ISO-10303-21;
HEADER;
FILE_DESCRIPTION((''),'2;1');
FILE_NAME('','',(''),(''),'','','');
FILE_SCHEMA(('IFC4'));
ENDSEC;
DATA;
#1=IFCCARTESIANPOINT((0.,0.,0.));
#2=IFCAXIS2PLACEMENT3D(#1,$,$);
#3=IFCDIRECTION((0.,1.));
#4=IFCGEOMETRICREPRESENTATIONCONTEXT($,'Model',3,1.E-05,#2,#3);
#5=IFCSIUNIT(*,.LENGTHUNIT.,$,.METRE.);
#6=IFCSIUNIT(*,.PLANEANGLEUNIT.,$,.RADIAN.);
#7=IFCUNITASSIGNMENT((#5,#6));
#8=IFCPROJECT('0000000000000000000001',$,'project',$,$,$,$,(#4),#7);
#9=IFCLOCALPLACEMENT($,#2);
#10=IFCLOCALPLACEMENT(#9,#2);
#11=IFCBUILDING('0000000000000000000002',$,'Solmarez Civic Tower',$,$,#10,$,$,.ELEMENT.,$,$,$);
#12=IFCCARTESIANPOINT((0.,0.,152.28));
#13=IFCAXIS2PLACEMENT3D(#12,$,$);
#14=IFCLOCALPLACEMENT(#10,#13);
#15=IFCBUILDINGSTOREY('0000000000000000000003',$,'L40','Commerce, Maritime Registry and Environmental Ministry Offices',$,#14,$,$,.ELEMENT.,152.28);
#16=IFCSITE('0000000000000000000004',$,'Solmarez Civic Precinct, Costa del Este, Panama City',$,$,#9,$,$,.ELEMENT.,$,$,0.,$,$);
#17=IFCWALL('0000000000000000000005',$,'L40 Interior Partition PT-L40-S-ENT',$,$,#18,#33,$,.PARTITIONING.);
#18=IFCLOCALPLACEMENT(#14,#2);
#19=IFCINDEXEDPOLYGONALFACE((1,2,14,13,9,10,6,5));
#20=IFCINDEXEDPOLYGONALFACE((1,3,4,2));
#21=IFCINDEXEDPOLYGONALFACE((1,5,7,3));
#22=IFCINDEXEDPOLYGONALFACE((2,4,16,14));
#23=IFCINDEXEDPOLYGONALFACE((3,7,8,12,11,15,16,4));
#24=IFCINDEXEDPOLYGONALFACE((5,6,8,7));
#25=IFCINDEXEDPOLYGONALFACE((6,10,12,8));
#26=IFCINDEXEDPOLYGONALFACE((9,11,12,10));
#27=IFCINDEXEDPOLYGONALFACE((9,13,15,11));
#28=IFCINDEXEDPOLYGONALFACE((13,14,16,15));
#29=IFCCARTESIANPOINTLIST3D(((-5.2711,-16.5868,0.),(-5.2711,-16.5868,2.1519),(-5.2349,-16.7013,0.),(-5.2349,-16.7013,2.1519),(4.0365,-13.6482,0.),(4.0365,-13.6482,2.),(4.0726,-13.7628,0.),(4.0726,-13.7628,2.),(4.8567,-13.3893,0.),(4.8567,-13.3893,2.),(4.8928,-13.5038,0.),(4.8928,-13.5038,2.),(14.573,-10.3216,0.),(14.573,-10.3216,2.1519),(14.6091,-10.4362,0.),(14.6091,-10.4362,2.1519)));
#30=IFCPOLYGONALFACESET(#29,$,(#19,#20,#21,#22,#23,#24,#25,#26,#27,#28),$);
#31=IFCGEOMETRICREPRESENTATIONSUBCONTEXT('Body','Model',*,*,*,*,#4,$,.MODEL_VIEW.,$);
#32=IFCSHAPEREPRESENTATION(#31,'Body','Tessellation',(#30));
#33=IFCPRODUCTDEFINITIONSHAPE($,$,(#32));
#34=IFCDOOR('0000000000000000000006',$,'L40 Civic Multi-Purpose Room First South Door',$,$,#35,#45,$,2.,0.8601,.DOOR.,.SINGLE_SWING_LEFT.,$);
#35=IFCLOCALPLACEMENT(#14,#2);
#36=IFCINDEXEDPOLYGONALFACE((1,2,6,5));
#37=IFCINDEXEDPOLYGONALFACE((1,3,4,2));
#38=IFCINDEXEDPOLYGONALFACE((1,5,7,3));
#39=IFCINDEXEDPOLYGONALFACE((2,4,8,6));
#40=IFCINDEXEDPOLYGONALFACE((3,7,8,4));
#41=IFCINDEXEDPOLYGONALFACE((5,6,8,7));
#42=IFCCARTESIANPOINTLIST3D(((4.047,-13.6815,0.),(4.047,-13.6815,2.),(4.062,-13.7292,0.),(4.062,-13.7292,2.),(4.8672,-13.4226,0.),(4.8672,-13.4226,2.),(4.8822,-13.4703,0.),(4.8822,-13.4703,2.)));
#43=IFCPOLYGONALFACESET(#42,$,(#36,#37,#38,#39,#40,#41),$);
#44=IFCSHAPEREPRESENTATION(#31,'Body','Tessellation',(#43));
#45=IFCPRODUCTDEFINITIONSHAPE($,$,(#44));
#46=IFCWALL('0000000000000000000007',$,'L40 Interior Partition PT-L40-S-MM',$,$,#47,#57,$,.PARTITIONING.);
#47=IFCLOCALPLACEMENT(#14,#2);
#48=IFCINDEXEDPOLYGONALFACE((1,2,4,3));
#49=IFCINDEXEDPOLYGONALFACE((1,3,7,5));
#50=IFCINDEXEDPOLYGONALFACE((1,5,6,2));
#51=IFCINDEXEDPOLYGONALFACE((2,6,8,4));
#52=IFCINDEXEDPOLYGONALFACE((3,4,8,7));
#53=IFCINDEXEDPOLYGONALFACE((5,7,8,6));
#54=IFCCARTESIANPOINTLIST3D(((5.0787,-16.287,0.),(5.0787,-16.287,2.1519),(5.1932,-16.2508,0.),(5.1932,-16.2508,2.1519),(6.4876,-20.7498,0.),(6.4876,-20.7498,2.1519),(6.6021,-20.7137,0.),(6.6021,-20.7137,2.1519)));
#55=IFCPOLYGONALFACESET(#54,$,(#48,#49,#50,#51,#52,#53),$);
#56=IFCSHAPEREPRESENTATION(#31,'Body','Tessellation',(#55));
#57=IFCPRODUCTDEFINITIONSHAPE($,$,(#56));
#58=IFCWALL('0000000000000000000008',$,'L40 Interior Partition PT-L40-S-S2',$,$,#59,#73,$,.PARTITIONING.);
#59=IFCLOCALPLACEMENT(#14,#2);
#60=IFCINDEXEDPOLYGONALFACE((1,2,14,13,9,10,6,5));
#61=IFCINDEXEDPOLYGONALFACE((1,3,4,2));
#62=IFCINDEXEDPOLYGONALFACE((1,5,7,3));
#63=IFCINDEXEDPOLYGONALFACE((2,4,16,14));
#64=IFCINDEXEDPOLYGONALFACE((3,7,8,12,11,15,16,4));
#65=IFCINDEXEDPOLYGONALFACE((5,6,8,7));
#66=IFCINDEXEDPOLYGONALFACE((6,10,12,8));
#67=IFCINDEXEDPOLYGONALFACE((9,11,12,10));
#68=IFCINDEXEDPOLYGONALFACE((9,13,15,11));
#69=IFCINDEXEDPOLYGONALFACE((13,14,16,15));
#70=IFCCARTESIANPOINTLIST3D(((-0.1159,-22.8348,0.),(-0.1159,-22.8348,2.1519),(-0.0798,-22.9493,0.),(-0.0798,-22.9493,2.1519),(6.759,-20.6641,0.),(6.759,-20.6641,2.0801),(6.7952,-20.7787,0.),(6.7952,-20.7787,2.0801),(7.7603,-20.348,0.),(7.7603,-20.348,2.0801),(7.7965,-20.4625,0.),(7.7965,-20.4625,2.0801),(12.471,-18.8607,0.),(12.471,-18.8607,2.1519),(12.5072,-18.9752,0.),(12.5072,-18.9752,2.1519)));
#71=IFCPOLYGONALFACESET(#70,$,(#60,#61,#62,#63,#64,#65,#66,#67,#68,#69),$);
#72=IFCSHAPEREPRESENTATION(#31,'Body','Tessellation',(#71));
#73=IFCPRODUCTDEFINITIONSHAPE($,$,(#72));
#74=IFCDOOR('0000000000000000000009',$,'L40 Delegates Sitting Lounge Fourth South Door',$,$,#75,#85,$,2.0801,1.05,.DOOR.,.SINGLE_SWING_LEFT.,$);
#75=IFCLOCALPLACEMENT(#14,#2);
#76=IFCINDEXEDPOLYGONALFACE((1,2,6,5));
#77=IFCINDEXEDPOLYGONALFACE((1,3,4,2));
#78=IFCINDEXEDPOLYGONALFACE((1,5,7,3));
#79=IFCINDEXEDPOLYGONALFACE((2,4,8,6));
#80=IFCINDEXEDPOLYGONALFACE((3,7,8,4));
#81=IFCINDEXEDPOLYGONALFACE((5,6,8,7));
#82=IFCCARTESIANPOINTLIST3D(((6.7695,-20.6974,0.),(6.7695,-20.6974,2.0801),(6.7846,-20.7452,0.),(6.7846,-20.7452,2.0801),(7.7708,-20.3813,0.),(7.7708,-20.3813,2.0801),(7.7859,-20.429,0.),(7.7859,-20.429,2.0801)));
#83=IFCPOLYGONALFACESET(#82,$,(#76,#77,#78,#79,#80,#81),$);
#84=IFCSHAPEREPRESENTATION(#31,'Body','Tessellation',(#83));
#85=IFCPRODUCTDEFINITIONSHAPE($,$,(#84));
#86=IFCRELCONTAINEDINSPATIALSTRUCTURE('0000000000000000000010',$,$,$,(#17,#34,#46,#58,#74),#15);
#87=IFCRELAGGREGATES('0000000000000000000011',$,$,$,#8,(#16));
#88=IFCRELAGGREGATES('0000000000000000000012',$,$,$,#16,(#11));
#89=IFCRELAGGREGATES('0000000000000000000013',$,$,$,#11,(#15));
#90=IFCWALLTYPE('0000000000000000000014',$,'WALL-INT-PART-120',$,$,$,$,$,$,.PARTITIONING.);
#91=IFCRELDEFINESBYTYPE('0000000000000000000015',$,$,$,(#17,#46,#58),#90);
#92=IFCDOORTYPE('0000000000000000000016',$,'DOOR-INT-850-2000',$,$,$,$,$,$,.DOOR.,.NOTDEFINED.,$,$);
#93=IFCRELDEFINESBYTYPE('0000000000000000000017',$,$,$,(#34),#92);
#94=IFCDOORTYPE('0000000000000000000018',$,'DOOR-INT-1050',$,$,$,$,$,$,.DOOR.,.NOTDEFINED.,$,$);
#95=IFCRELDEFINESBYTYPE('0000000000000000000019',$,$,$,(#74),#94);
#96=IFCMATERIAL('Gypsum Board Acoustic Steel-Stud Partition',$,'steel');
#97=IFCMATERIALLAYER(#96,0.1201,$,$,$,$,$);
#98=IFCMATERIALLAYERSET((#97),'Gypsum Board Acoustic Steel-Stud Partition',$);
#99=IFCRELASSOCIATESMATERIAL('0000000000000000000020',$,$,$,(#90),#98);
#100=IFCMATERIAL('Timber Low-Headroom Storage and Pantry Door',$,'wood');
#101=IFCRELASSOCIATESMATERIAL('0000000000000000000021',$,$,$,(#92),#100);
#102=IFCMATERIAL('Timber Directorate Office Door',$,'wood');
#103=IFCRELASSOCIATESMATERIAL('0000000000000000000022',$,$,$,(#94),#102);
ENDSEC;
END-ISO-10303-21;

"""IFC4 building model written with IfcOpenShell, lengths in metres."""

from ifc_helpers import new_model, si_unit, direction, frame, frame_2d, origin, place, context, subcontext, project, spatial, rectangle, extrude, material, layer, layer_set, type_object, element, fill, save


model = new_model("IFC4")

# Units and contexts
model_context = context("Model", 3, precision=1e-05, world=origin(), true_north=direction((0.0, 1.0)))
body_context = subcontext(model_context, "Body", "Model", "MODEL_VIEW")
ifc_project = project(units=[si_unit("LENGTHUNIT", "METRE"), si_unit("PLANEANGLEUNIT", "RADIAN")], contexts=[model_context])

# Site, building, storey
site_placement = place(None, origin())
site = spatial("IfcSite", under=ifc_project, at=site_placement, Name="Solmarez Civic Precinct, Costa del Este, Panama City", CompositionType="ELEMENT", RefElevation=0.0)
building_placement = place(site_placement, origin())
building = spatial("IfcBuilding", under=site, at=building_placement, Name="Solmarez Civic Tower", CompositionType="ELEMENT")
storey_placement = place(building_placement, frame((0.0, 0.0, 152.28)))
storey = spatial("IfcBuildingStorey", under=building, at=storey_placement, Name="L40", Description="Commerce, Maritime Registry and Environmental Ministry Offices", CompositionType="ELEMENT", Elevation=152.28)

# Shared definitions
ifc_material_1 = material(Name="Gypsum Board Acoustic Steel-Stud Partition", Category="steel")

# Wall, opening, door
ifc_layer_1 = layer(ifc_material_1, 0.1201)
ifc_layer_set_1 = layer_set([ifc_layer_1], Name="Gypsum Board Acoustic Steel-Stud Partition")
wall_type_1 = type_object("IfcWallType", Name="WALL-INT-PART-120", PredefinedType="PARTITIONING", material=ifc_layer_set_1)
wall_1_placement = place(storey_placement, frame((14.5911, -10.3789, 0.0), z_axis=(0.0, 0.0, 1.0), x_axis=(-0.953602, -0.301071, 0.0)))
wall_1 = element("IfcWall", 1, at=wall_1_placement, inside=storey, type_object=wall_type_1, Name="L40 Interior Partition PT-L40-S-ENT", PredefinedType="PARTITIONING", context=body_context, shape_type="SweptSolid", body=[
    extrude(rectangle(XDim=20.8096, YDim=0.1201, at=frame_2d((10.4048, 0.0))), origin(), (0.0, 0.0, 1.0), 2.1519),
])
opening_1_placement = place(wall_1_placement, frame((10.189, 0.0, 0.0)))
opening_1 = element("IfcOpeningElement", 2, at=opening_1_placement, cuts=wall_1, PredefinedType="OPENING", context=body_context, shape_type="SweptSolid", body=[
    extrude(rectangle(XDim=0.8601, YDim=2.0, at=frame_2d((0.4302, 1.0))), frame((0.0, 0.0701, 0.0), z_axis=(0.0, -1.0, 0.0), x_axis=(1.0, 0.0, 0.0)), (0.0, 0.0, 1.0), 0.1401),
])
ifc_material_2 = material(Name="Timber Low-Headroom Storage and Pantry Door", Category="wood")
door_type_1 = type_object("IfcDoorType", Name="DOOR-INT-850-2000", OperationType="NOTDEFINED", PredefinedType="DOOR", material=ifc_material_2)
door_1_placement = place(opening_1_placement, origin())
door_1 = element("IfcDoor", 3, at=door_1_placement, inside=storey, type_object=door_type_1, Name="L40 Civic Multi-Purpose Room First South Door", OperationType="SINGLE_SWING_LEFT", OverallHeight=2.0, OverallWidth=0.8601, PredefinedType="DOOR", context=body_context, shape_type="SweptSolid", body=[
    extrude(rectangle(XDim=0.8601, YDim=2.0, at=frame_2d((0.4302, 1.0))), frame((0.0, 0.0249, 0.0), z_axis=(0.0, -1.0, 0.0), x_axis=(1.0, 0.0, 0.0)), (0.0, 0.0, 1.0), 0.05),
])
fill(opening_1, door_1)

# Wall
wall_2_placement = place(storey_placement, frame((5.136, -16.269, 0.0), z_axis=(0.0, 0.0, 1.0), x_axis=(0.301054, -0.953607, 0.0)))
element("IfcWall", 4, at=wall_2_placement, inside=storey, type_object=wall_type_1, Name="L40 Interior Partition PT-L40-S-MM", PredefinedType="PARTITIONING", context=body_context, shape_type="SweptSolid", body=[
    extrude(rectangle(XDim=4.6799, YDim=0.1201, at=frame_2d((2.3398, 0.0))), origin(), (0.0, 0.0, 1.0), 2.1519),
])

# Wall, opening, door
wall_3_placement = place(storey_placement, frame((12.489, -18.918, 0.0), z_axis=(0.0, 0.0, 1.0), x_axis=(-0.953598, -0.301084, 0.0)))
wall_3 = element("IfcWall", 5, at=wall_3_placement, inside=storey, type_object=wall_type_1, Name="L40 Interior Partition PT-L40-S-S2", PredefinedType="PARTITIONING", context=body_context, shape_type="SweptSolid", body=[
    extrude(rectangle(XDim=13.1995, YDim=0.1201, at=frame_2d((6.5996, 0.0))), origin(), (0.0, 0.0, 1.0), 2.1519),
])
opening_2_placement = place(wall_3_placement, frame((4.9399, 0.0, 0.0)))
opening_2 = element("IfcOpeningElement", 6, at=opening_2_placement, cuts=wall_3, PredefinedType="OPENING", context=body_context, shape_type="SweptSolid", body=[
    extrude(rectangle(XDim=1.05, YDim=2.0801, at=frame_2d((0.5249, 1.04))), frame((0.0, 0.0701, 0.0), z_axis=(0.0, -1.0, 0.0), x_axis=(1.0, 0.0, 0.0)), (0.0, 0.0, 1.0), 0.1401),
])
ifc_material_3 = material(Name="Timber Directorate Office Door", Category="wood")
door_type_2 = type_object("IfcDoorType", Name="DOOR-INT-1050", OperationType="NOTDEFINED", PredefinedType="DOOR", material=ifc_material_3)
door_2_placement = place(opening_2_placement, origin())
door_2 = element("IfcDoor", 7, at=door_2_placement, inside=storey, type_object=door_type_2, Name="L40 Delegates Sitting Lounge Fourth South Door", OperationType="SINGLE_SWING_LEFT", OverallHeight=2.0801, OverallWidth=1.05, PredefinedType="DOOR", context=body_context, shape_type="SweptSolid", body=[
    extrude(rectangle(XDim=1.05, YDim=2.0801, at=frame_2d((0.5249, 1.04))), frame((0.0, 0.0249, 0.0), z_axis=(0.0, -1.0, 0.0), x_axis=(1.0, 0.0, 0.0)), (0.0, 0.0, 1.0), 0.05),
])
fill(opening_2, door_2)

save(model, "model.ifc")
